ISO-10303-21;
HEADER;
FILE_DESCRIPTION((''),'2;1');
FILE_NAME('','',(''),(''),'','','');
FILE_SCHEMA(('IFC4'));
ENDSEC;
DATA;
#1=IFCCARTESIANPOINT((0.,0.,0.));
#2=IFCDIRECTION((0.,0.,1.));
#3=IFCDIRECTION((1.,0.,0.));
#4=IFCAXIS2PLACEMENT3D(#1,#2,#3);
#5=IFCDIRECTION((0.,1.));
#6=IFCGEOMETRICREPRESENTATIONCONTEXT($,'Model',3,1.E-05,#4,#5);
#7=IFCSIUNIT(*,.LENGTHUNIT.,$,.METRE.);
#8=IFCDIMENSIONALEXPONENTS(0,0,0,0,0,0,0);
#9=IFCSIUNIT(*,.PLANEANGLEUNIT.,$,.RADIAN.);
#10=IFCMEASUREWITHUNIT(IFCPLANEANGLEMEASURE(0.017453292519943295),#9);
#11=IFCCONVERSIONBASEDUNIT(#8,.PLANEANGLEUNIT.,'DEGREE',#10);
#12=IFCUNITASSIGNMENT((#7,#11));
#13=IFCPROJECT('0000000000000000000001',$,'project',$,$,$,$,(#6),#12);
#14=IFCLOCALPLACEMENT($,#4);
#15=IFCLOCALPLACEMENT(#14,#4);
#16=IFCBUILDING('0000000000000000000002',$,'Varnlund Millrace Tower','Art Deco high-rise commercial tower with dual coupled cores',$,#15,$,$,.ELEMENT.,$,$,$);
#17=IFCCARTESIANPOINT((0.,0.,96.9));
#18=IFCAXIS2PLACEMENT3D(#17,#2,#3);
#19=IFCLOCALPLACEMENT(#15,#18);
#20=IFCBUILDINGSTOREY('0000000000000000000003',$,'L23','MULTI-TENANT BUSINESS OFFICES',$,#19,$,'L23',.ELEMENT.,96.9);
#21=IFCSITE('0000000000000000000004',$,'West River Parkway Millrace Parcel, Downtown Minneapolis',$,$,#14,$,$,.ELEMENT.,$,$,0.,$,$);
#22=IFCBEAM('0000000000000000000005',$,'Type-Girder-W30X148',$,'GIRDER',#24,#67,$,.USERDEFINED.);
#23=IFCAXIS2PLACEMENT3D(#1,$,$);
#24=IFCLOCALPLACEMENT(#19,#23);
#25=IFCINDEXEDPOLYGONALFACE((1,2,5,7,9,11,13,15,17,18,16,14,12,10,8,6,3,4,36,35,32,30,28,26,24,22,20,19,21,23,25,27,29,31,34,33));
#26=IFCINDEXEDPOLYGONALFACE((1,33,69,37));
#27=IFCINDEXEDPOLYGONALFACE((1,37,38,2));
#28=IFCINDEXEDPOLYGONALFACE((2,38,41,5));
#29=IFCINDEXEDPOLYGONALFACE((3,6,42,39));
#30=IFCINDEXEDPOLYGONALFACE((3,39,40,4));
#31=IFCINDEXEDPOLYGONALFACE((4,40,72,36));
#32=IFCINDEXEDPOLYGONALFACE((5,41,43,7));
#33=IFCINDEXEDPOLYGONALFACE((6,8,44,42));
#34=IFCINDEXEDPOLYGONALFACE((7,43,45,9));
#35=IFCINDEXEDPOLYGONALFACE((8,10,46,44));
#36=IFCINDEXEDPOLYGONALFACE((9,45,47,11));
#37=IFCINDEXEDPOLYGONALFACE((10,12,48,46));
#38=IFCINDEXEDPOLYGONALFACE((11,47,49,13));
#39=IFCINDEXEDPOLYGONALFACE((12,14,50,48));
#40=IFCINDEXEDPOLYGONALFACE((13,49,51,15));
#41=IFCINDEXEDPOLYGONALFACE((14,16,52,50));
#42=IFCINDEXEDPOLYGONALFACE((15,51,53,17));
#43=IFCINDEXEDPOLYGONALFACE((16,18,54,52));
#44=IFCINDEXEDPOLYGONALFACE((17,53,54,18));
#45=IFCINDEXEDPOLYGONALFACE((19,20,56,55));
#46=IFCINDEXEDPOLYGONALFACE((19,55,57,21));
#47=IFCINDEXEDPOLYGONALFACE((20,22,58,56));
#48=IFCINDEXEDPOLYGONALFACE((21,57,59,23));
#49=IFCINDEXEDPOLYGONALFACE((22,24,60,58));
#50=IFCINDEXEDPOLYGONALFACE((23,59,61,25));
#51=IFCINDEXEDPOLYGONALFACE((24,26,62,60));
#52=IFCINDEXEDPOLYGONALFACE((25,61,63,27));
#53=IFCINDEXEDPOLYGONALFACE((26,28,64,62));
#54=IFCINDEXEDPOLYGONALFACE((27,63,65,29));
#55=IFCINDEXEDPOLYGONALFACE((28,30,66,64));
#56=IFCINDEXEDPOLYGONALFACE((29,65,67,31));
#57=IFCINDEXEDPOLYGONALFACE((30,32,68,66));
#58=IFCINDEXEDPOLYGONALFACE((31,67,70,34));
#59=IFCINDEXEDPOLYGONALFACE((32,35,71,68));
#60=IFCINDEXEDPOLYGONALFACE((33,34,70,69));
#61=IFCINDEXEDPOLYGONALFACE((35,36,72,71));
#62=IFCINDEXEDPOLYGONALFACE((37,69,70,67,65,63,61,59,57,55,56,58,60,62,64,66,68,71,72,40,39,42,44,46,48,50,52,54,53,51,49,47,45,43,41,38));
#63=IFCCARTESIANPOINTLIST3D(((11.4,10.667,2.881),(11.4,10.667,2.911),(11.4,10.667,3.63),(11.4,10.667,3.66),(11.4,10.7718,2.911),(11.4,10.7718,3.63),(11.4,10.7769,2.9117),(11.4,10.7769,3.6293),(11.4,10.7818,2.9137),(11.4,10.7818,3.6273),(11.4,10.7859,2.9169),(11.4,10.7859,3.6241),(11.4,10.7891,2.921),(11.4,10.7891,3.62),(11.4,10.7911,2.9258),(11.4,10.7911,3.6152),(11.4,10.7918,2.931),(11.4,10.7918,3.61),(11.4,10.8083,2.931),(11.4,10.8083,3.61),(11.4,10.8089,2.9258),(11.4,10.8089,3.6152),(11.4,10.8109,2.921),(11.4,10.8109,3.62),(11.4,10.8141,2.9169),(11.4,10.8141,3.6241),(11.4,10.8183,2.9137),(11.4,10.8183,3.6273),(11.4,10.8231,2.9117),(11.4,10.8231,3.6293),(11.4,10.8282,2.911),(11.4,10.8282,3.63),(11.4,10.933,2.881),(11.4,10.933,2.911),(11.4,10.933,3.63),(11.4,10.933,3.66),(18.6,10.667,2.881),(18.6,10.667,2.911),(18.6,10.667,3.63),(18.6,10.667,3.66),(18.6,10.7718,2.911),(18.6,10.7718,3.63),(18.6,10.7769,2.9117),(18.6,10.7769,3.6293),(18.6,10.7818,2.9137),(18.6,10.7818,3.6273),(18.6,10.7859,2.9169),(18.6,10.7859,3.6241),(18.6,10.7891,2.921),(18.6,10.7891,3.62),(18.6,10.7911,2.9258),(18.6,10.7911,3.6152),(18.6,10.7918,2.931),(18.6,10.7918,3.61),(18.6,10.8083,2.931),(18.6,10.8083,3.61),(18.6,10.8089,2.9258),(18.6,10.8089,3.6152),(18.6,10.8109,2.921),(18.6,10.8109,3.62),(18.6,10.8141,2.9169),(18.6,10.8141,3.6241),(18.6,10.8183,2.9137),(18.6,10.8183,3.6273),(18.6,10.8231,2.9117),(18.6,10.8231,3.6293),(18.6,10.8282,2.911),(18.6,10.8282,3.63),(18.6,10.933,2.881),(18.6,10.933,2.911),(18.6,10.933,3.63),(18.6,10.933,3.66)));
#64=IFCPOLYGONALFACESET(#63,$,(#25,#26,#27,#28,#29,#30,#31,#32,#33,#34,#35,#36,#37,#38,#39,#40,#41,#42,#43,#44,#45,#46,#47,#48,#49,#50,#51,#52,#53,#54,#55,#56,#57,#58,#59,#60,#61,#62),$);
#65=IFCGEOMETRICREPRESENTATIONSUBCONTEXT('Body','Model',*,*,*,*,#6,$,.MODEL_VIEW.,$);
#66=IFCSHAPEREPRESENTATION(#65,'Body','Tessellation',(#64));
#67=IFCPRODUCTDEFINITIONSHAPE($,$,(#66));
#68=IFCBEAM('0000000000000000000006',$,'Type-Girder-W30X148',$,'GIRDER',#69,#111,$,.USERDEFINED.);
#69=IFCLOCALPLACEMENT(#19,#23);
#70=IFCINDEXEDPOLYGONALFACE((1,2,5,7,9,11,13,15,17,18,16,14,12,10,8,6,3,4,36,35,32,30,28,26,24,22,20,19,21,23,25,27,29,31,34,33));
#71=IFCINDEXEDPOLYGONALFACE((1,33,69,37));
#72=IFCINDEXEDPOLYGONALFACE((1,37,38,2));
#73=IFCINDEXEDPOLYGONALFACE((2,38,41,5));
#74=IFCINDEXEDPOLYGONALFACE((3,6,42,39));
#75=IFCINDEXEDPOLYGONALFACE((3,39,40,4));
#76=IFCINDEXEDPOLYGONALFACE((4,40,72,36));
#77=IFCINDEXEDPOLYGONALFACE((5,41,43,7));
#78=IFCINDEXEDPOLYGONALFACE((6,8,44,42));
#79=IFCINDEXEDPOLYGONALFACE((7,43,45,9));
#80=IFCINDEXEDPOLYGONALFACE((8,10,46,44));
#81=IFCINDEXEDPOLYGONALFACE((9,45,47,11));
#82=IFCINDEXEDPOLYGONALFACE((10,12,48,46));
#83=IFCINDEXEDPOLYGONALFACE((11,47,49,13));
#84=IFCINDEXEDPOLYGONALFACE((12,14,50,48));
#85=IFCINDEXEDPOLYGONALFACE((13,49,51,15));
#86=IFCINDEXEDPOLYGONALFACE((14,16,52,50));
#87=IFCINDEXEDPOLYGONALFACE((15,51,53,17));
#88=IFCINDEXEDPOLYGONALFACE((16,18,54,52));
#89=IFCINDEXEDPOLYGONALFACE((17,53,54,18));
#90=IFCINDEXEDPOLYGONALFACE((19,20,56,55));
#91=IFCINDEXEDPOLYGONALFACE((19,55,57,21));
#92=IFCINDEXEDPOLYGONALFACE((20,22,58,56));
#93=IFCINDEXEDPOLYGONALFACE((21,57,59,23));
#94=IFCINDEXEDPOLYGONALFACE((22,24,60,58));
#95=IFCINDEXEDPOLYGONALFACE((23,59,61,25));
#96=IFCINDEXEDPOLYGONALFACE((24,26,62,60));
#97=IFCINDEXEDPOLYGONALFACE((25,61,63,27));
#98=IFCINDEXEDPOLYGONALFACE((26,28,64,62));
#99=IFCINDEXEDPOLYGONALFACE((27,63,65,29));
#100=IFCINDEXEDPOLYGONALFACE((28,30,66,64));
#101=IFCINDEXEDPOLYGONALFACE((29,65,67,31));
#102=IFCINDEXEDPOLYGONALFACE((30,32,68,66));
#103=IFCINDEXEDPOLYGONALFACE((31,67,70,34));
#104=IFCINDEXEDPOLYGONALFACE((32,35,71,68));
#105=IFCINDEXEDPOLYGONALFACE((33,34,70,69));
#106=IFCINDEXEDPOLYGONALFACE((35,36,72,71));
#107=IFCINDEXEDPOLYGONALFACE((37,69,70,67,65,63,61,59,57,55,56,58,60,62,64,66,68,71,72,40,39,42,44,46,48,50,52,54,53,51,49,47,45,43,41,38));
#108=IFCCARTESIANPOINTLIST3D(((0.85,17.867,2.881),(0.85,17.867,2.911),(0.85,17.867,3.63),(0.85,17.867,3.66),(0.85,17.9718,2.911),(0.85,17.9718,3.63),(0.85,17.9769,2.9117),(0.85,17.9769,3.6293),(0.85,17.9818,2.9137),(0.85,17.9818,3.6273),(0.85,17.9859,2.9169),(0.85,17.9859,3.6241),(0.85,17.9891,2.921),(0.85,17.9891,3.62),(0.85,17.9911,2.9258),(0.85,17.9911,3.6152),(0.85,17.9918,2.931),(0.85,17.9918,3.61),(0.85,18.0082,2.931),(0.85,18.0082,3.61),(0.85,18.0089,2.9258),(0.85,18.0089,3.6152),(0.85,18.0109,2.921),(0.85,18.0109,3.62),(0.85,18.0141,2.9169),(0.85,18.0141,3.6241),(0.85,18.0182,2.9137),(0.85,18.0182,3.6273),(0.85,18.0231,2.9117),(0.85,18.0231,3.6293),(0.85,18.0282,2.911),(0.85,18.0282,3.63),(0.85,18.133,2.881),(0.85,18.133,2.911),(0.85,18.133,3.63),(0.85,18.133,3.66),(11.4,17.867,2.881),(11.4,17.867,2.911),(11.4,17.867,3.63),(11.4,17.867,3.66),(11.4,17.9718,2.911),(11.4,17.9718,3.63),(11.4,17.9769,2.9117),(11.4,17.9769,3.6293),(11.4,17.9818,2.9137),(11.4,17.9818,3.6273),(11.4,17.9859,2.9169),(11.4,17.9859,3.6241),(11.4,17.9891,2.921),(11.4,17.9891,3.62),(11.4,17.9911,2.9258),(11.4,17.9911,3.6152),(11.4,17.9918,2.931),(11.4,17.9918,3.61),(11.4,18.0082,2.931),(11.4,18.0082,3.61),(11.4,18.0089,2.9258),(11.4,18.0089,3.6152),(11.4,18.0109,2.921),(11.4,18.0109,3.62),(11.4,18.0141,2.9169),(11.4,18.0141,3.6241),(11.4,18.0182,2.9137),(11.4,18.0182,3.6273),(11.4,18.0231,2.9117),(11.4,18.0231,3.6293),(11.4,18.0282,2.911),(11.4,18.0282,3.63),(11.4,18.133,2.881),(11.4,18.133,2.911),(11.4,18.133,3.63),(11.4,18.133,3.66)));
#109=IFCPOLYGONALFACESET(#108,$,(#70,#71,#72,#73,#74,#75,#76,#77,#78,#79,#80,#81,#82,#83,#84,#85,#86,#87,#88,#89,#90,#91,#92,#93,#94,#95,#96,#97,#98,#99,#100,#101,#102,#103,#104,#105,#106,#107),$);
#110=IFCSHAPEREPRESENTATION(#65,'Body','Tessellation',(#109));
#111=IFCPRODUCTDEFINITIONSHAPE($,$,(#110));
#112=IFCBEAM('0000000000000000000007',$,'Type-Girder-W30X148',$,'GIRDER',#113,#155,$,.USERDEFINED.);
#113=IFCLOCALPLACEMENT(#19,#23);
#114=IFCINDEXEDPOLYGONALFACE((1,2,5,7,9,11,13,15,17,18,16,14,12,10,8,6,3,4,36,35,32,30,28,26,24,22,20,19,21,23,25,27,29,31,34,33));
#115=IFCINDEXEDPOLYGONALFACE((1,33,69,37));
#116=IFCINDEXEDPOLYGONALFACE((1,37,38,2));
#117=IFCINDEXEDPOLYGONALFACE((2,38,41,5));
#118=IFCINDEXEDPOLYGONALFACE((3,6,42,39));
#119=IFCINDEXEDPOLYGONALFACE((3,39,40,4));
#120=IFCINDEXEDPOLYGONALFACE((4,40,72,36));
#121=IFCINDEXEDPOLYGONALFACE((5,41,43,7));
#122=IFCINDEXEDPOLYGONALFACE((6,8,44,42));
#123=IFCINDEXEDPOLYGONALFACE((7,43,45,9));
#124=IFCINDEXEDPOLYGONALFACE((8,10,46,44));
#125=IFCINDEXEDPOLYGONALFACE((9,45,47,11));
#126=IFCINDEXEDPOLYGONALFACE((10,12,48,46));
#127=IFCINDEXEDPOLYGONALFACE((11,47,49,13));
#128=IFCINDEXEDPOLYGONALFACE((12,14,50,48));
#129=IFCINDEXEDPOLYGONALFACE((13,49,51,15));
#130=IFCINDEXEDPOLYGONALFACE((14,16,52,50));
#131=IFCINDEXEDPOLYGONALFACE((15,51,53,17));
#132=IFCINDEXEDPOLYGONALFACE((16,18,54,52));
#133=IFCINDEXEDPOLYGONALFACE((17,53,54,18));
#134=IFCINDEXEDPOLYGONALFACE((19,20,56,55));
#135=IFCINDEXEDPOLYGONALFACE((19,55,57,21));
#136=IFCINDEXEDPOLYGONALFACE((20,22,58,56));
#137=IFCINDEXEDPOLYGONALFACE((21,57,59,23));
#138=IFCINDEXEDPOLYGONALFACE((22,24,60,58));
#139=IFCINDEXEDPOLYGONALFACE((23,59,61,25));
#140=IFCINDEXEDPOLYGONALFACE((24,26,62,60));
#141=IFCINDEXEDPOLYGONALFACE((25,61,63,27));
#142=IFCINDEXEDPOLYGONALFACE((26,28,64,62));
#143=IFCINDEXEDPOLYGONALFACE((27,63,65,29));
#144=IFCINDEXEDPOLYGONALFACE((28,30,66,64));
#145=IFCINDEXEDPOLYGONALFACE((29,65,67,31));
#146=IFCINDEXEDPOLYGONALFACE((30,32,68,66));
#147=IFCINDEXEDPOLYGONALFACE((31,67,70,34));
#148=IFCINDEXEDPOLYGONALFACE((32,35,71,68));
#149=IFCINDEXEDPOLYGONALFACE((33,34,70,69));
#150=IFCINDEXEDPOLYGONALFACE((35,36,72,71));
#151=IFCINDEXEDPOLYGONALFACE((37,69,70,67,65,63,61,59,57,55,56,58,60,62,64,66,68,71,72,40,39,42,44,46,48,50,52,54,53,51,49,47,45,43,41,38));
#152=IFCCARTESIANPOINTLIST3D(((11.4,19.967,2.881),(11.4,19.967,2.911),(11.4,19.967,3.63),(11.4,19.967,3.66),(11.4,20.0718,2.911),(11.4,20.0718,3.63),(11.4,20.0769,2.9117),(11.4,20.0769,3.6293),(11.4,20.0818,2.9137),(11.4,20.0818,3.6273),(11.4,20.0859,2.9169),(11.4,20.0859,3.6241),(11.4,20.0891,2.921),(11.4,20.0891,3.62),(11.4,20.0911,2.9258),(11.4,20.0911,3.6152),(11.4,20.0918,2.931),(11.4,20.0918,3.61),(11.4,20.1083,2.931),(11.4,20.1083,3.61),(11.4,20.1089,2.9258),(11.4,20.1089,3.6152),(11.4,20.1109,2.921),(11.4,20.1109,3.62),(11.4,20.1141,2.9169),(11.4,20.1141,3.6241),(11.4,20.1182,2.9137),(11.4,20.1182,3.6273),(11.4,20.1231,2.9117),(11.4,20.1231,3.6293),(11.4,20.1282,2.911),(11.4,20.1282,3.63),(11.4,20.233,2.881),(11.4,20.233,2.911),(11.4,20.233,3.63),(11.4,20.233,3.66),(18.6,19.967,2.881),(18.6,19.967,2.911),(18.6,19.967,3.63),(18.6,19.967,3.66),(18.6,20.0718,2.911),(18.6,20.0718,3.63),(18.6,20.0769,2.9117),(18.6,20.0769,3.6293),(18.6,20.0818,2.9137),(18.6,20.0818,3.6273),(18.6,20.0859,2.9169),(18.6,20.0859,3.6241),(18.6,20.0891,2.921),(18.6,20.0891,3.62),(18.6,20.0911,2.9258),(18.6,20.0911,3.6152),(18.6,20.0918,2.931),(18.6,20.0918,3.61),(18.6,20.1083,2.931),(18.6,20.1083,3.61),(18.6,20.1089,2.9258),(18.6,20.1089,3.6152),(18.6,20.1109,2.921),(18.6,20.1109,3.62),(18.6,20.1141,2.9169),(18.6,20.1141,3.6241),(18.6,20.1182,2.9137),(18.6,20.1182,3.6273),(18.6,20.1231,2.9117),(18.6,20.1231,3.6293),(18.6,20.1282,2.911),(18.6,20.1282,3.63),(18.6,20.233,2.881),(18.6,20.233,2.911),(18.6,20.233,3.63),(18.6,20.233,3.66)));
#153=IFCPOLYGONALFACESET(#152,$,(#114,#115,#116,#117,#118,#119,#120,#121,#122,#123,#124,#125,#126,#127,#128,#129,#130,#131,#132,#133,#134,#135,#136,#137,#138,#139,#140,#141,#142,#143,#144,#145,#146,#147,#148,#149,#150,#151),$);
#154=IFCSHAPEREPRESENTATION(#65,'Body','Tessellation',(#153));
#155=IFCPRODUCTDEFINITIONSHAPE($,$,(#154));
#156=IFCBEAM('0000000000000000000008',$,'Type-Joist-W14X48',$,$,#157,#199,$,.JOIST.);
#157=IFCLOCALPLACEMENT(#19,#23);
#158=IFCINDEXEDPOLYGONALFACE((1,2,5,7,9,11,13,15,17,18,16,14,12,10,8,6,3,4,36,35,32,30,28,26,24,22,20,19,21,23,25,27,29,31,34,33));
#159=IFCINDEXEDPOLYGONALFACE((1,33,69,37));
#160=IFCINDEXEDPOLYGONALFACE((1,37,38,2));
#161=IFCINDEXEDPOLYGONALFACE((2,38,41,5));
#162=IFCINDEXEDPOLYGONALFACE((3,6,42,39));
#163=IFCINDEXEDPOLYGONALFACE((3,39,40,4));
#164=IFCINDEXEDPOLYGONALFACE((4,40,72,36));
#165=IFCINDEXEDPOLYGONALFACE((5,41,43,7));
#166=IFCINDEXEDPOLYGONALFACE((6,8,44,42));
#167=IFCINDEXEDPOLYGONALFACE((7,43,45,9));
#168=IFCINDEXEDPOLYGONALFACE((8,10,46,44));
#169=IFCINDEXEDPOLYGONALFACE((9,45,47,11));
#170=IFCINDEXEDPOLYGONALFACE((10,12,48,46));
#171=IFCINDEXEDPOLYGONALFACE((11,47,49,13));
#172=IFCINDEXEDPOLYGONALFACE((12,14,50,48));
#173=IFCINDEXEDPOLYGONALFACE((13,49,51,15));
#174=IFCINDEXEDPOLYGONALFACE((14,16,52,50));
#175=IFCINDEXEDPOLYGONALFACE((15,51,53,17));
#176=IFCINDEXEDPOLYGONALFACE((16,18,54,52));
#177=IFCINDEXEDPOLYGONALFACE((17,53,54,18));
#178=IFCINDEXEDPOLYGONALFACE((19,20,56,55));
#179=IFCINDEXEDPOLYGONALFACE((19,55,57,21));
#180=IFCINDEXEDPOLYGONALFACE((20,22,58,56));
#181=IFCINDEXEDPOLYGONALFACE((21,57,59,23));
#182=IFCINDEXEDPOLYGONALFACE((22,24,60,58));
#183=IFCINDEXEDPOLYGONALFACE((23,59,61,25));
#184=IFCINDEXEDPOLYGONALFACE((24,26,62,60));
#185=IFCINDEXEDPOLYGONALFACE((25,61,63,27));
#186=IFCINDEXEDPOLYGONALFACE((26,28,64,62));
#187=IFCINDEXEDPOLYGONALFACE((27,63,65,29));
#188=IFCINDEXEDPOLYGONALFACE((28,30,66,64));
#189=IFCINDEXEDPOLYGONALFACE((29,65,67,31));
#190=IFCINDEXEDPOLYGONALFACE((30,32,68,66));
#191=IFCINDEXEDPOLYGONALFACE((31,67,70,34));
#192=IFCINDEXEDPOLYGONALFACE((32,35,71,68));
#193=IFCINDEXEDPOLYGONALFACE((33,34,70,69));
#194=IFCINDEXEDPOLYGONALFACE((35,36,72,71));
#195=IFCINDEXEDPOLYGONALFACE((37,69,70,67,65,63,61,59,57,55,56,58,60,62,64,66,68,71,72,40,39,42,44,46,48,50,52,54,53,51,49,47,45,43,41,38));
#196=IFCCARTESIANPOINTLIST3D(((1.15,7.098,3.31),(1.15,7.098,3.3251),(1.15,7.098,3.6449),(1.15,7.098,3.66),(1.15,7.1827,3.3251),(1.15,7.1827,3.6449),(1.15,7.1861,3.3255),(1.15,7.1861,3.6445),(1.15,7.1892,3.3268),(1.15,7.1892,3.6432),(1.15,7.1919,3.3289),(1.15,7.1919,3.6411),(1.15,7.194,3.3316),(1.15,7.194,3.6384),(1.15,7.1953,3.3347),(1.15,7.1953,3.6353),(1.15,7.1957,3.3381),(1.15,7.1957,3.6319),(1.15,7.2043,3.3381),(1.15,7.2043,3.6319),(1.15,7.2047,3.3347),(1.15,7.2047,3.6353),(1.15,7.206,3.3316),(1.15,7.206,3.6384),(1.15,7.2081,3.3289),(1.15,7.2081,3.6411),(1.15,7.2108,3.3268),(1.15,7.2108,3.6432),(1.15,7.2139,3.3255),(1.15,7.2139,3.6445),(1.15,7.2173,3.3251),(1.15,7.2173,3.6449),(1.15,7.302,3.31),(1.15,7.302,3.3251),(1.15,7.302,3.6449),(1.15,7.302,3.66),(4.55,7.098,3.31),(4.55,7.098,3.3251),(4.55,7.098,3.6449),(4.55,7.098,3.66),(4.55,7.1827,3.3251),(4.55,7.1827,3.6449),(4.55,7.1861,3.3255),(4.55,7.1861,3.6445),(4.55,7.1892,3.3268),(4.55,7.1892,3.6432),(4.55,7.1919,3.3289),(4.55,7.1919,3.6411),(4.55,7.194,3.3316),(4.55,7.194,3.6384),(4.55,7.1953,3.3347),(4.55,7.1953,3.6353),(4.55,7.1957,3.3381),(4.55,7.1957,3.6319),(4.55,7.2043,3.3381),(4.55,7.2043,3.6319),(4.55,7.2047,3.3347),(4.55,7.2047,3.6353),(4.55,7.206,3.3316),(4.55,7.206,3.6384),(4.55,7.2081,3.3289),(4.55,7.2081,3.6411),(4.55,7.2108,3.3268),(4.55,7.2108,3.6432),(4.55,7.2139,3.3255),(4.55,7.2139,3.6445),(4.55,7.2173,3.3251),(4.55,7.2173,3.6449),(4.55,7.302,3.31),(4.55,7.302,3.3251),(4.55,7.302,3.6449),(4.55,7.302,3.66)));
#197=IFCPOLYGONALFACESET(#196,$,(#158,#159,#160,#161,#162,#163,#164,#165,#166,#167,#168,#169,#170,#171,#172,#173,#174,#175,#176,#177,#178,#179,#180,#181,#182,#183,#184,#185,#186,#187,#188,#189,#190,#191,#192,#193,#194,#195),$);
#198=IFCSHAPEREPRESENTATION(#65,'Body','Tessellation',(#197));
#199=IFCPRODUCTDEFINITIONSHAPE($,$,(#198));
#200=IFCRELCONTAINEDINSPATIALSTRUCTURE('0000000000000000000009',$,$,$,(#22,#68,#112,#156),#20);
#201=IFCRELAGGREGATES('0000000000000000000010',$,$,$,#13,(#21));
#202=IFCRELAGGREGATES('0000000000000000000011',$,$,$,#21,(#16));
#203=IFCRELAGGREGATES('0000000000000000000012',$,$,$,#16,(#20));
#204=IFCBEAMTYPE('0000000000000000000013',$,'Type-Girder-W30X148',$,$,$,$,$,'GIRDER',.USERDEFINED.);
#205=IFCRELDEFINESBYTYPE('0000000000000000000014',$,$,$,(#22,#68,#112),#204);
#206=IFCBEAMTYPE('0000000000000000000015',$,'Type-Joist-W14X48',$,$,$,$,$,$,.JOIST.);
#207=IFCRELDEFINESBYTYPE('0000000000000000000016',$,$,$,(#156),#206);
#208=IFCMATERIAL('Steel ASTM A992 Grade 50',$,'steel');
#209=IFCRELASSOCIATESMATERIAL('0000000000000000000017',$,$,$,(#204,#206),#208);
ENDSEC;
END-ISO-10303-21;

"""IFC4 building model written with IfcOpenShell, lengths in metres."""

from ifc_helpers import new_model, entity, si_unit, converted_unit, direction, frame, origin_with_axes, origin_2d_with_axis, place, context, subcontext, project, spatial, i_section, extrude, material, material_profile, profile_set, type_object, element, save


model = new_model("IFC4")

# Units and contexts
model_context = context("Model", 3, precision=1e-05, world=origin_with_axes(), true_north=direction((0.0, 1.0)))
body_context = subcontext(model_context, "Body", "Model", "MODEL_VIEW")
ifc_project = project(units=[si_unit("LENGTHUNIT", "METRE"), converted_unit("PLANEANGLEUNIT", "DEGREE", entity("IfcPlaneAngleMeasure", 0.017453292519943295), si_unit("PLANEANGLEUNIT", "RADIAN"), dimensions=[0, 0, 0, 0, 0, 0, 0])], contexts=[model_context])

# Site, building, storey
site_placement = place(None, origin_with_axes())
site = spatial("IfcSite", under=ifc_project, at=site_placement, Name="West River Parkway Millrace Parcel, Downtown Minneapolis", CompositionType="ELEMENT", RefElevation=0.0)
building_placement = place(site_placement, origin_with_axes())
building = spatial("IfcBuilding", under=site, at=building_placement, Name="Varnlund Millrace Tower", Description="Art Deco high-rise commercial tower with dual coupled cores", CompositionType="ELEMENT")
storey_placement = place(building_placement, frame((0.0, 0.0, 96.9), z_axis=(0.0, 0.0, 1.0), x_axis=(1.0, 0.0, 0.0)))
storey = spatial("IfcBuildingStorey", under=building, at=storey_placement, Name="L23", Description="MULTI-TENANT BUSINESS OFFICES", LongName="L23", CompositionType="ELEMENT", Elevation=96.9)

# Beams
ifc_material_1 = material(Name="Steel ASTM A992 Grade 50", Category="steel")
ifc_material_profile_1 = material_profile(ifc_material_1, i_section(OverallWidth=0.266, OverallDepth=0.779, WebThickness=0.0165, FlangeThickness=0.03, FilletRadius=0.02, at=origin_2d_with_axis()), Name="Steel ASTM A992 Grade 50")
ifc_profile_set_1 = profile_set([ifc_material_profile_1], Name="Steel ASTM A992 Grade 50")
beam_type_1 = type_object("IfcBeamType", Name="Type-Girder-W30X148", ElementType="GIRDER", PredefinedType="USERDEFINED", material=ifc_profile_set_1)
beam_1_placement = place(storey_placement, frame((11.4, 10.8, 3.2705), z_axis=(1.0, 0.0, 0.0), x_axis=(0.0, 1.0, 0.0)))
element("IfcBeam", 1, at=beam_1_placement, inside=storey, type_object=beam_type_1, Name="Type-Girder-W30X148", ObjectType="GIRDER", PredefinedType="USERDEFINED", context=body_context, shape_type="SweptSolid", body=[
    extrude(i_section(OverallWidth=0.266, OverallDepth=0.779, WebThickness=0.0165, FlangeThickness=0.03, FilletRadius=0.02, at=origin_2d_with_axis()), origin_with_axes(), (0.0, 0.0, 1.0), 7.2),
])
beam_2_placement = place(storey_placement, frame((0.85, 18.0, 3.2705), z_axis=(1.0, 0.0, 0.0), x_axis=(0.0, 1.0, 0.0)))
element("IfcBeam", 2, at=beam_2_placement, inside=storey, type_object=beam_type_1, Name="Type-Girder-W30X148", ObjectType="GIRDER", PredefinedType="USERDEFINED", context=body_context, shape_type="SweptSolid", body=[
    extrude(i_section(OverallWidth=0.266, OverallDepth=0.779, WebThickness=0.0165, FlangeThickness=0.03, FilletRadius=0.02, at=origin_2d_with_axis()), origin_with_axes(), (0.0, 0.0, 1.0), 10.55),
])
beam_3_placement = place(storey_placement, frame((11.4, 20.1, 3.2705), z_axis=(1.0, 0.0, 0.0), x_axis=(0.0, 1.0, 0.0)))
element("IfcBeam", 3, at=beam_3_placement, inside=storey, type_object=beam_type_1, Name="Type-Girder-W30X148", ObjectType="GIRDER", PredefinedType="USERDEFINED", context=body_context, shape_type="SweptSolid", body=[
    extrude(i_section(OverallWidth=0.266, OverallDepth=0.779, WebThickness=0.0165, FlangeThickness=0.03, FilletRadius=0.02, at=origin_2d_with_axis()), origin_with_axes(), (0.0, 0.0, 1.0), 7.2),
])
ifc_material_profile_2 = material_profile(ifc_material_1, i_section(OverallWidth=0.204, OverallDepth=0.35, WebThickness=0.0086, FlangeThickness=0.0151, FilletRadius=0.013, at=origin_2d_with_axis()), Name="Steel ASTM A992 Grade 50")
ifc_profile_set_2 = profile_set([ifc_material_profile_2], Name="Steel ASTM A992 Grade 50")
beam_type_2 = type_object("IfcBeamType", Name="Type-Joist-W14X48", PredefinedType="JOIST", material=ifc_profile_set_2)
for number, where, z_axis, x_axis, name in (
    (4, (1.15, 7.2, 3.485), (1.0, 0.0, 0.0), (0.0, 1.0, 0.0), "Type-Joist-W14X48"),
):
    element("IfcBeam", number, at=place(storey_placement, frame(where, z_axis=z_axis, x_axis=x_axis)), inside=storey, type_object=beam_type_2, Name=name, PredefinedType="JOIST", context=body_context, shape_type="SweptSolid", body=[
        extrude(i_section(OverallWidth=0.204, OverallDepth=0.35, WebThickness=0.0086, FlangeThickness=0.0151, FilletRadius=0.013, at=origin_2d_with_axis()), origin_with_axes(), (0.0, 0.0, 1.0), 3.4),
    ])

save(model, "model.ifc")
